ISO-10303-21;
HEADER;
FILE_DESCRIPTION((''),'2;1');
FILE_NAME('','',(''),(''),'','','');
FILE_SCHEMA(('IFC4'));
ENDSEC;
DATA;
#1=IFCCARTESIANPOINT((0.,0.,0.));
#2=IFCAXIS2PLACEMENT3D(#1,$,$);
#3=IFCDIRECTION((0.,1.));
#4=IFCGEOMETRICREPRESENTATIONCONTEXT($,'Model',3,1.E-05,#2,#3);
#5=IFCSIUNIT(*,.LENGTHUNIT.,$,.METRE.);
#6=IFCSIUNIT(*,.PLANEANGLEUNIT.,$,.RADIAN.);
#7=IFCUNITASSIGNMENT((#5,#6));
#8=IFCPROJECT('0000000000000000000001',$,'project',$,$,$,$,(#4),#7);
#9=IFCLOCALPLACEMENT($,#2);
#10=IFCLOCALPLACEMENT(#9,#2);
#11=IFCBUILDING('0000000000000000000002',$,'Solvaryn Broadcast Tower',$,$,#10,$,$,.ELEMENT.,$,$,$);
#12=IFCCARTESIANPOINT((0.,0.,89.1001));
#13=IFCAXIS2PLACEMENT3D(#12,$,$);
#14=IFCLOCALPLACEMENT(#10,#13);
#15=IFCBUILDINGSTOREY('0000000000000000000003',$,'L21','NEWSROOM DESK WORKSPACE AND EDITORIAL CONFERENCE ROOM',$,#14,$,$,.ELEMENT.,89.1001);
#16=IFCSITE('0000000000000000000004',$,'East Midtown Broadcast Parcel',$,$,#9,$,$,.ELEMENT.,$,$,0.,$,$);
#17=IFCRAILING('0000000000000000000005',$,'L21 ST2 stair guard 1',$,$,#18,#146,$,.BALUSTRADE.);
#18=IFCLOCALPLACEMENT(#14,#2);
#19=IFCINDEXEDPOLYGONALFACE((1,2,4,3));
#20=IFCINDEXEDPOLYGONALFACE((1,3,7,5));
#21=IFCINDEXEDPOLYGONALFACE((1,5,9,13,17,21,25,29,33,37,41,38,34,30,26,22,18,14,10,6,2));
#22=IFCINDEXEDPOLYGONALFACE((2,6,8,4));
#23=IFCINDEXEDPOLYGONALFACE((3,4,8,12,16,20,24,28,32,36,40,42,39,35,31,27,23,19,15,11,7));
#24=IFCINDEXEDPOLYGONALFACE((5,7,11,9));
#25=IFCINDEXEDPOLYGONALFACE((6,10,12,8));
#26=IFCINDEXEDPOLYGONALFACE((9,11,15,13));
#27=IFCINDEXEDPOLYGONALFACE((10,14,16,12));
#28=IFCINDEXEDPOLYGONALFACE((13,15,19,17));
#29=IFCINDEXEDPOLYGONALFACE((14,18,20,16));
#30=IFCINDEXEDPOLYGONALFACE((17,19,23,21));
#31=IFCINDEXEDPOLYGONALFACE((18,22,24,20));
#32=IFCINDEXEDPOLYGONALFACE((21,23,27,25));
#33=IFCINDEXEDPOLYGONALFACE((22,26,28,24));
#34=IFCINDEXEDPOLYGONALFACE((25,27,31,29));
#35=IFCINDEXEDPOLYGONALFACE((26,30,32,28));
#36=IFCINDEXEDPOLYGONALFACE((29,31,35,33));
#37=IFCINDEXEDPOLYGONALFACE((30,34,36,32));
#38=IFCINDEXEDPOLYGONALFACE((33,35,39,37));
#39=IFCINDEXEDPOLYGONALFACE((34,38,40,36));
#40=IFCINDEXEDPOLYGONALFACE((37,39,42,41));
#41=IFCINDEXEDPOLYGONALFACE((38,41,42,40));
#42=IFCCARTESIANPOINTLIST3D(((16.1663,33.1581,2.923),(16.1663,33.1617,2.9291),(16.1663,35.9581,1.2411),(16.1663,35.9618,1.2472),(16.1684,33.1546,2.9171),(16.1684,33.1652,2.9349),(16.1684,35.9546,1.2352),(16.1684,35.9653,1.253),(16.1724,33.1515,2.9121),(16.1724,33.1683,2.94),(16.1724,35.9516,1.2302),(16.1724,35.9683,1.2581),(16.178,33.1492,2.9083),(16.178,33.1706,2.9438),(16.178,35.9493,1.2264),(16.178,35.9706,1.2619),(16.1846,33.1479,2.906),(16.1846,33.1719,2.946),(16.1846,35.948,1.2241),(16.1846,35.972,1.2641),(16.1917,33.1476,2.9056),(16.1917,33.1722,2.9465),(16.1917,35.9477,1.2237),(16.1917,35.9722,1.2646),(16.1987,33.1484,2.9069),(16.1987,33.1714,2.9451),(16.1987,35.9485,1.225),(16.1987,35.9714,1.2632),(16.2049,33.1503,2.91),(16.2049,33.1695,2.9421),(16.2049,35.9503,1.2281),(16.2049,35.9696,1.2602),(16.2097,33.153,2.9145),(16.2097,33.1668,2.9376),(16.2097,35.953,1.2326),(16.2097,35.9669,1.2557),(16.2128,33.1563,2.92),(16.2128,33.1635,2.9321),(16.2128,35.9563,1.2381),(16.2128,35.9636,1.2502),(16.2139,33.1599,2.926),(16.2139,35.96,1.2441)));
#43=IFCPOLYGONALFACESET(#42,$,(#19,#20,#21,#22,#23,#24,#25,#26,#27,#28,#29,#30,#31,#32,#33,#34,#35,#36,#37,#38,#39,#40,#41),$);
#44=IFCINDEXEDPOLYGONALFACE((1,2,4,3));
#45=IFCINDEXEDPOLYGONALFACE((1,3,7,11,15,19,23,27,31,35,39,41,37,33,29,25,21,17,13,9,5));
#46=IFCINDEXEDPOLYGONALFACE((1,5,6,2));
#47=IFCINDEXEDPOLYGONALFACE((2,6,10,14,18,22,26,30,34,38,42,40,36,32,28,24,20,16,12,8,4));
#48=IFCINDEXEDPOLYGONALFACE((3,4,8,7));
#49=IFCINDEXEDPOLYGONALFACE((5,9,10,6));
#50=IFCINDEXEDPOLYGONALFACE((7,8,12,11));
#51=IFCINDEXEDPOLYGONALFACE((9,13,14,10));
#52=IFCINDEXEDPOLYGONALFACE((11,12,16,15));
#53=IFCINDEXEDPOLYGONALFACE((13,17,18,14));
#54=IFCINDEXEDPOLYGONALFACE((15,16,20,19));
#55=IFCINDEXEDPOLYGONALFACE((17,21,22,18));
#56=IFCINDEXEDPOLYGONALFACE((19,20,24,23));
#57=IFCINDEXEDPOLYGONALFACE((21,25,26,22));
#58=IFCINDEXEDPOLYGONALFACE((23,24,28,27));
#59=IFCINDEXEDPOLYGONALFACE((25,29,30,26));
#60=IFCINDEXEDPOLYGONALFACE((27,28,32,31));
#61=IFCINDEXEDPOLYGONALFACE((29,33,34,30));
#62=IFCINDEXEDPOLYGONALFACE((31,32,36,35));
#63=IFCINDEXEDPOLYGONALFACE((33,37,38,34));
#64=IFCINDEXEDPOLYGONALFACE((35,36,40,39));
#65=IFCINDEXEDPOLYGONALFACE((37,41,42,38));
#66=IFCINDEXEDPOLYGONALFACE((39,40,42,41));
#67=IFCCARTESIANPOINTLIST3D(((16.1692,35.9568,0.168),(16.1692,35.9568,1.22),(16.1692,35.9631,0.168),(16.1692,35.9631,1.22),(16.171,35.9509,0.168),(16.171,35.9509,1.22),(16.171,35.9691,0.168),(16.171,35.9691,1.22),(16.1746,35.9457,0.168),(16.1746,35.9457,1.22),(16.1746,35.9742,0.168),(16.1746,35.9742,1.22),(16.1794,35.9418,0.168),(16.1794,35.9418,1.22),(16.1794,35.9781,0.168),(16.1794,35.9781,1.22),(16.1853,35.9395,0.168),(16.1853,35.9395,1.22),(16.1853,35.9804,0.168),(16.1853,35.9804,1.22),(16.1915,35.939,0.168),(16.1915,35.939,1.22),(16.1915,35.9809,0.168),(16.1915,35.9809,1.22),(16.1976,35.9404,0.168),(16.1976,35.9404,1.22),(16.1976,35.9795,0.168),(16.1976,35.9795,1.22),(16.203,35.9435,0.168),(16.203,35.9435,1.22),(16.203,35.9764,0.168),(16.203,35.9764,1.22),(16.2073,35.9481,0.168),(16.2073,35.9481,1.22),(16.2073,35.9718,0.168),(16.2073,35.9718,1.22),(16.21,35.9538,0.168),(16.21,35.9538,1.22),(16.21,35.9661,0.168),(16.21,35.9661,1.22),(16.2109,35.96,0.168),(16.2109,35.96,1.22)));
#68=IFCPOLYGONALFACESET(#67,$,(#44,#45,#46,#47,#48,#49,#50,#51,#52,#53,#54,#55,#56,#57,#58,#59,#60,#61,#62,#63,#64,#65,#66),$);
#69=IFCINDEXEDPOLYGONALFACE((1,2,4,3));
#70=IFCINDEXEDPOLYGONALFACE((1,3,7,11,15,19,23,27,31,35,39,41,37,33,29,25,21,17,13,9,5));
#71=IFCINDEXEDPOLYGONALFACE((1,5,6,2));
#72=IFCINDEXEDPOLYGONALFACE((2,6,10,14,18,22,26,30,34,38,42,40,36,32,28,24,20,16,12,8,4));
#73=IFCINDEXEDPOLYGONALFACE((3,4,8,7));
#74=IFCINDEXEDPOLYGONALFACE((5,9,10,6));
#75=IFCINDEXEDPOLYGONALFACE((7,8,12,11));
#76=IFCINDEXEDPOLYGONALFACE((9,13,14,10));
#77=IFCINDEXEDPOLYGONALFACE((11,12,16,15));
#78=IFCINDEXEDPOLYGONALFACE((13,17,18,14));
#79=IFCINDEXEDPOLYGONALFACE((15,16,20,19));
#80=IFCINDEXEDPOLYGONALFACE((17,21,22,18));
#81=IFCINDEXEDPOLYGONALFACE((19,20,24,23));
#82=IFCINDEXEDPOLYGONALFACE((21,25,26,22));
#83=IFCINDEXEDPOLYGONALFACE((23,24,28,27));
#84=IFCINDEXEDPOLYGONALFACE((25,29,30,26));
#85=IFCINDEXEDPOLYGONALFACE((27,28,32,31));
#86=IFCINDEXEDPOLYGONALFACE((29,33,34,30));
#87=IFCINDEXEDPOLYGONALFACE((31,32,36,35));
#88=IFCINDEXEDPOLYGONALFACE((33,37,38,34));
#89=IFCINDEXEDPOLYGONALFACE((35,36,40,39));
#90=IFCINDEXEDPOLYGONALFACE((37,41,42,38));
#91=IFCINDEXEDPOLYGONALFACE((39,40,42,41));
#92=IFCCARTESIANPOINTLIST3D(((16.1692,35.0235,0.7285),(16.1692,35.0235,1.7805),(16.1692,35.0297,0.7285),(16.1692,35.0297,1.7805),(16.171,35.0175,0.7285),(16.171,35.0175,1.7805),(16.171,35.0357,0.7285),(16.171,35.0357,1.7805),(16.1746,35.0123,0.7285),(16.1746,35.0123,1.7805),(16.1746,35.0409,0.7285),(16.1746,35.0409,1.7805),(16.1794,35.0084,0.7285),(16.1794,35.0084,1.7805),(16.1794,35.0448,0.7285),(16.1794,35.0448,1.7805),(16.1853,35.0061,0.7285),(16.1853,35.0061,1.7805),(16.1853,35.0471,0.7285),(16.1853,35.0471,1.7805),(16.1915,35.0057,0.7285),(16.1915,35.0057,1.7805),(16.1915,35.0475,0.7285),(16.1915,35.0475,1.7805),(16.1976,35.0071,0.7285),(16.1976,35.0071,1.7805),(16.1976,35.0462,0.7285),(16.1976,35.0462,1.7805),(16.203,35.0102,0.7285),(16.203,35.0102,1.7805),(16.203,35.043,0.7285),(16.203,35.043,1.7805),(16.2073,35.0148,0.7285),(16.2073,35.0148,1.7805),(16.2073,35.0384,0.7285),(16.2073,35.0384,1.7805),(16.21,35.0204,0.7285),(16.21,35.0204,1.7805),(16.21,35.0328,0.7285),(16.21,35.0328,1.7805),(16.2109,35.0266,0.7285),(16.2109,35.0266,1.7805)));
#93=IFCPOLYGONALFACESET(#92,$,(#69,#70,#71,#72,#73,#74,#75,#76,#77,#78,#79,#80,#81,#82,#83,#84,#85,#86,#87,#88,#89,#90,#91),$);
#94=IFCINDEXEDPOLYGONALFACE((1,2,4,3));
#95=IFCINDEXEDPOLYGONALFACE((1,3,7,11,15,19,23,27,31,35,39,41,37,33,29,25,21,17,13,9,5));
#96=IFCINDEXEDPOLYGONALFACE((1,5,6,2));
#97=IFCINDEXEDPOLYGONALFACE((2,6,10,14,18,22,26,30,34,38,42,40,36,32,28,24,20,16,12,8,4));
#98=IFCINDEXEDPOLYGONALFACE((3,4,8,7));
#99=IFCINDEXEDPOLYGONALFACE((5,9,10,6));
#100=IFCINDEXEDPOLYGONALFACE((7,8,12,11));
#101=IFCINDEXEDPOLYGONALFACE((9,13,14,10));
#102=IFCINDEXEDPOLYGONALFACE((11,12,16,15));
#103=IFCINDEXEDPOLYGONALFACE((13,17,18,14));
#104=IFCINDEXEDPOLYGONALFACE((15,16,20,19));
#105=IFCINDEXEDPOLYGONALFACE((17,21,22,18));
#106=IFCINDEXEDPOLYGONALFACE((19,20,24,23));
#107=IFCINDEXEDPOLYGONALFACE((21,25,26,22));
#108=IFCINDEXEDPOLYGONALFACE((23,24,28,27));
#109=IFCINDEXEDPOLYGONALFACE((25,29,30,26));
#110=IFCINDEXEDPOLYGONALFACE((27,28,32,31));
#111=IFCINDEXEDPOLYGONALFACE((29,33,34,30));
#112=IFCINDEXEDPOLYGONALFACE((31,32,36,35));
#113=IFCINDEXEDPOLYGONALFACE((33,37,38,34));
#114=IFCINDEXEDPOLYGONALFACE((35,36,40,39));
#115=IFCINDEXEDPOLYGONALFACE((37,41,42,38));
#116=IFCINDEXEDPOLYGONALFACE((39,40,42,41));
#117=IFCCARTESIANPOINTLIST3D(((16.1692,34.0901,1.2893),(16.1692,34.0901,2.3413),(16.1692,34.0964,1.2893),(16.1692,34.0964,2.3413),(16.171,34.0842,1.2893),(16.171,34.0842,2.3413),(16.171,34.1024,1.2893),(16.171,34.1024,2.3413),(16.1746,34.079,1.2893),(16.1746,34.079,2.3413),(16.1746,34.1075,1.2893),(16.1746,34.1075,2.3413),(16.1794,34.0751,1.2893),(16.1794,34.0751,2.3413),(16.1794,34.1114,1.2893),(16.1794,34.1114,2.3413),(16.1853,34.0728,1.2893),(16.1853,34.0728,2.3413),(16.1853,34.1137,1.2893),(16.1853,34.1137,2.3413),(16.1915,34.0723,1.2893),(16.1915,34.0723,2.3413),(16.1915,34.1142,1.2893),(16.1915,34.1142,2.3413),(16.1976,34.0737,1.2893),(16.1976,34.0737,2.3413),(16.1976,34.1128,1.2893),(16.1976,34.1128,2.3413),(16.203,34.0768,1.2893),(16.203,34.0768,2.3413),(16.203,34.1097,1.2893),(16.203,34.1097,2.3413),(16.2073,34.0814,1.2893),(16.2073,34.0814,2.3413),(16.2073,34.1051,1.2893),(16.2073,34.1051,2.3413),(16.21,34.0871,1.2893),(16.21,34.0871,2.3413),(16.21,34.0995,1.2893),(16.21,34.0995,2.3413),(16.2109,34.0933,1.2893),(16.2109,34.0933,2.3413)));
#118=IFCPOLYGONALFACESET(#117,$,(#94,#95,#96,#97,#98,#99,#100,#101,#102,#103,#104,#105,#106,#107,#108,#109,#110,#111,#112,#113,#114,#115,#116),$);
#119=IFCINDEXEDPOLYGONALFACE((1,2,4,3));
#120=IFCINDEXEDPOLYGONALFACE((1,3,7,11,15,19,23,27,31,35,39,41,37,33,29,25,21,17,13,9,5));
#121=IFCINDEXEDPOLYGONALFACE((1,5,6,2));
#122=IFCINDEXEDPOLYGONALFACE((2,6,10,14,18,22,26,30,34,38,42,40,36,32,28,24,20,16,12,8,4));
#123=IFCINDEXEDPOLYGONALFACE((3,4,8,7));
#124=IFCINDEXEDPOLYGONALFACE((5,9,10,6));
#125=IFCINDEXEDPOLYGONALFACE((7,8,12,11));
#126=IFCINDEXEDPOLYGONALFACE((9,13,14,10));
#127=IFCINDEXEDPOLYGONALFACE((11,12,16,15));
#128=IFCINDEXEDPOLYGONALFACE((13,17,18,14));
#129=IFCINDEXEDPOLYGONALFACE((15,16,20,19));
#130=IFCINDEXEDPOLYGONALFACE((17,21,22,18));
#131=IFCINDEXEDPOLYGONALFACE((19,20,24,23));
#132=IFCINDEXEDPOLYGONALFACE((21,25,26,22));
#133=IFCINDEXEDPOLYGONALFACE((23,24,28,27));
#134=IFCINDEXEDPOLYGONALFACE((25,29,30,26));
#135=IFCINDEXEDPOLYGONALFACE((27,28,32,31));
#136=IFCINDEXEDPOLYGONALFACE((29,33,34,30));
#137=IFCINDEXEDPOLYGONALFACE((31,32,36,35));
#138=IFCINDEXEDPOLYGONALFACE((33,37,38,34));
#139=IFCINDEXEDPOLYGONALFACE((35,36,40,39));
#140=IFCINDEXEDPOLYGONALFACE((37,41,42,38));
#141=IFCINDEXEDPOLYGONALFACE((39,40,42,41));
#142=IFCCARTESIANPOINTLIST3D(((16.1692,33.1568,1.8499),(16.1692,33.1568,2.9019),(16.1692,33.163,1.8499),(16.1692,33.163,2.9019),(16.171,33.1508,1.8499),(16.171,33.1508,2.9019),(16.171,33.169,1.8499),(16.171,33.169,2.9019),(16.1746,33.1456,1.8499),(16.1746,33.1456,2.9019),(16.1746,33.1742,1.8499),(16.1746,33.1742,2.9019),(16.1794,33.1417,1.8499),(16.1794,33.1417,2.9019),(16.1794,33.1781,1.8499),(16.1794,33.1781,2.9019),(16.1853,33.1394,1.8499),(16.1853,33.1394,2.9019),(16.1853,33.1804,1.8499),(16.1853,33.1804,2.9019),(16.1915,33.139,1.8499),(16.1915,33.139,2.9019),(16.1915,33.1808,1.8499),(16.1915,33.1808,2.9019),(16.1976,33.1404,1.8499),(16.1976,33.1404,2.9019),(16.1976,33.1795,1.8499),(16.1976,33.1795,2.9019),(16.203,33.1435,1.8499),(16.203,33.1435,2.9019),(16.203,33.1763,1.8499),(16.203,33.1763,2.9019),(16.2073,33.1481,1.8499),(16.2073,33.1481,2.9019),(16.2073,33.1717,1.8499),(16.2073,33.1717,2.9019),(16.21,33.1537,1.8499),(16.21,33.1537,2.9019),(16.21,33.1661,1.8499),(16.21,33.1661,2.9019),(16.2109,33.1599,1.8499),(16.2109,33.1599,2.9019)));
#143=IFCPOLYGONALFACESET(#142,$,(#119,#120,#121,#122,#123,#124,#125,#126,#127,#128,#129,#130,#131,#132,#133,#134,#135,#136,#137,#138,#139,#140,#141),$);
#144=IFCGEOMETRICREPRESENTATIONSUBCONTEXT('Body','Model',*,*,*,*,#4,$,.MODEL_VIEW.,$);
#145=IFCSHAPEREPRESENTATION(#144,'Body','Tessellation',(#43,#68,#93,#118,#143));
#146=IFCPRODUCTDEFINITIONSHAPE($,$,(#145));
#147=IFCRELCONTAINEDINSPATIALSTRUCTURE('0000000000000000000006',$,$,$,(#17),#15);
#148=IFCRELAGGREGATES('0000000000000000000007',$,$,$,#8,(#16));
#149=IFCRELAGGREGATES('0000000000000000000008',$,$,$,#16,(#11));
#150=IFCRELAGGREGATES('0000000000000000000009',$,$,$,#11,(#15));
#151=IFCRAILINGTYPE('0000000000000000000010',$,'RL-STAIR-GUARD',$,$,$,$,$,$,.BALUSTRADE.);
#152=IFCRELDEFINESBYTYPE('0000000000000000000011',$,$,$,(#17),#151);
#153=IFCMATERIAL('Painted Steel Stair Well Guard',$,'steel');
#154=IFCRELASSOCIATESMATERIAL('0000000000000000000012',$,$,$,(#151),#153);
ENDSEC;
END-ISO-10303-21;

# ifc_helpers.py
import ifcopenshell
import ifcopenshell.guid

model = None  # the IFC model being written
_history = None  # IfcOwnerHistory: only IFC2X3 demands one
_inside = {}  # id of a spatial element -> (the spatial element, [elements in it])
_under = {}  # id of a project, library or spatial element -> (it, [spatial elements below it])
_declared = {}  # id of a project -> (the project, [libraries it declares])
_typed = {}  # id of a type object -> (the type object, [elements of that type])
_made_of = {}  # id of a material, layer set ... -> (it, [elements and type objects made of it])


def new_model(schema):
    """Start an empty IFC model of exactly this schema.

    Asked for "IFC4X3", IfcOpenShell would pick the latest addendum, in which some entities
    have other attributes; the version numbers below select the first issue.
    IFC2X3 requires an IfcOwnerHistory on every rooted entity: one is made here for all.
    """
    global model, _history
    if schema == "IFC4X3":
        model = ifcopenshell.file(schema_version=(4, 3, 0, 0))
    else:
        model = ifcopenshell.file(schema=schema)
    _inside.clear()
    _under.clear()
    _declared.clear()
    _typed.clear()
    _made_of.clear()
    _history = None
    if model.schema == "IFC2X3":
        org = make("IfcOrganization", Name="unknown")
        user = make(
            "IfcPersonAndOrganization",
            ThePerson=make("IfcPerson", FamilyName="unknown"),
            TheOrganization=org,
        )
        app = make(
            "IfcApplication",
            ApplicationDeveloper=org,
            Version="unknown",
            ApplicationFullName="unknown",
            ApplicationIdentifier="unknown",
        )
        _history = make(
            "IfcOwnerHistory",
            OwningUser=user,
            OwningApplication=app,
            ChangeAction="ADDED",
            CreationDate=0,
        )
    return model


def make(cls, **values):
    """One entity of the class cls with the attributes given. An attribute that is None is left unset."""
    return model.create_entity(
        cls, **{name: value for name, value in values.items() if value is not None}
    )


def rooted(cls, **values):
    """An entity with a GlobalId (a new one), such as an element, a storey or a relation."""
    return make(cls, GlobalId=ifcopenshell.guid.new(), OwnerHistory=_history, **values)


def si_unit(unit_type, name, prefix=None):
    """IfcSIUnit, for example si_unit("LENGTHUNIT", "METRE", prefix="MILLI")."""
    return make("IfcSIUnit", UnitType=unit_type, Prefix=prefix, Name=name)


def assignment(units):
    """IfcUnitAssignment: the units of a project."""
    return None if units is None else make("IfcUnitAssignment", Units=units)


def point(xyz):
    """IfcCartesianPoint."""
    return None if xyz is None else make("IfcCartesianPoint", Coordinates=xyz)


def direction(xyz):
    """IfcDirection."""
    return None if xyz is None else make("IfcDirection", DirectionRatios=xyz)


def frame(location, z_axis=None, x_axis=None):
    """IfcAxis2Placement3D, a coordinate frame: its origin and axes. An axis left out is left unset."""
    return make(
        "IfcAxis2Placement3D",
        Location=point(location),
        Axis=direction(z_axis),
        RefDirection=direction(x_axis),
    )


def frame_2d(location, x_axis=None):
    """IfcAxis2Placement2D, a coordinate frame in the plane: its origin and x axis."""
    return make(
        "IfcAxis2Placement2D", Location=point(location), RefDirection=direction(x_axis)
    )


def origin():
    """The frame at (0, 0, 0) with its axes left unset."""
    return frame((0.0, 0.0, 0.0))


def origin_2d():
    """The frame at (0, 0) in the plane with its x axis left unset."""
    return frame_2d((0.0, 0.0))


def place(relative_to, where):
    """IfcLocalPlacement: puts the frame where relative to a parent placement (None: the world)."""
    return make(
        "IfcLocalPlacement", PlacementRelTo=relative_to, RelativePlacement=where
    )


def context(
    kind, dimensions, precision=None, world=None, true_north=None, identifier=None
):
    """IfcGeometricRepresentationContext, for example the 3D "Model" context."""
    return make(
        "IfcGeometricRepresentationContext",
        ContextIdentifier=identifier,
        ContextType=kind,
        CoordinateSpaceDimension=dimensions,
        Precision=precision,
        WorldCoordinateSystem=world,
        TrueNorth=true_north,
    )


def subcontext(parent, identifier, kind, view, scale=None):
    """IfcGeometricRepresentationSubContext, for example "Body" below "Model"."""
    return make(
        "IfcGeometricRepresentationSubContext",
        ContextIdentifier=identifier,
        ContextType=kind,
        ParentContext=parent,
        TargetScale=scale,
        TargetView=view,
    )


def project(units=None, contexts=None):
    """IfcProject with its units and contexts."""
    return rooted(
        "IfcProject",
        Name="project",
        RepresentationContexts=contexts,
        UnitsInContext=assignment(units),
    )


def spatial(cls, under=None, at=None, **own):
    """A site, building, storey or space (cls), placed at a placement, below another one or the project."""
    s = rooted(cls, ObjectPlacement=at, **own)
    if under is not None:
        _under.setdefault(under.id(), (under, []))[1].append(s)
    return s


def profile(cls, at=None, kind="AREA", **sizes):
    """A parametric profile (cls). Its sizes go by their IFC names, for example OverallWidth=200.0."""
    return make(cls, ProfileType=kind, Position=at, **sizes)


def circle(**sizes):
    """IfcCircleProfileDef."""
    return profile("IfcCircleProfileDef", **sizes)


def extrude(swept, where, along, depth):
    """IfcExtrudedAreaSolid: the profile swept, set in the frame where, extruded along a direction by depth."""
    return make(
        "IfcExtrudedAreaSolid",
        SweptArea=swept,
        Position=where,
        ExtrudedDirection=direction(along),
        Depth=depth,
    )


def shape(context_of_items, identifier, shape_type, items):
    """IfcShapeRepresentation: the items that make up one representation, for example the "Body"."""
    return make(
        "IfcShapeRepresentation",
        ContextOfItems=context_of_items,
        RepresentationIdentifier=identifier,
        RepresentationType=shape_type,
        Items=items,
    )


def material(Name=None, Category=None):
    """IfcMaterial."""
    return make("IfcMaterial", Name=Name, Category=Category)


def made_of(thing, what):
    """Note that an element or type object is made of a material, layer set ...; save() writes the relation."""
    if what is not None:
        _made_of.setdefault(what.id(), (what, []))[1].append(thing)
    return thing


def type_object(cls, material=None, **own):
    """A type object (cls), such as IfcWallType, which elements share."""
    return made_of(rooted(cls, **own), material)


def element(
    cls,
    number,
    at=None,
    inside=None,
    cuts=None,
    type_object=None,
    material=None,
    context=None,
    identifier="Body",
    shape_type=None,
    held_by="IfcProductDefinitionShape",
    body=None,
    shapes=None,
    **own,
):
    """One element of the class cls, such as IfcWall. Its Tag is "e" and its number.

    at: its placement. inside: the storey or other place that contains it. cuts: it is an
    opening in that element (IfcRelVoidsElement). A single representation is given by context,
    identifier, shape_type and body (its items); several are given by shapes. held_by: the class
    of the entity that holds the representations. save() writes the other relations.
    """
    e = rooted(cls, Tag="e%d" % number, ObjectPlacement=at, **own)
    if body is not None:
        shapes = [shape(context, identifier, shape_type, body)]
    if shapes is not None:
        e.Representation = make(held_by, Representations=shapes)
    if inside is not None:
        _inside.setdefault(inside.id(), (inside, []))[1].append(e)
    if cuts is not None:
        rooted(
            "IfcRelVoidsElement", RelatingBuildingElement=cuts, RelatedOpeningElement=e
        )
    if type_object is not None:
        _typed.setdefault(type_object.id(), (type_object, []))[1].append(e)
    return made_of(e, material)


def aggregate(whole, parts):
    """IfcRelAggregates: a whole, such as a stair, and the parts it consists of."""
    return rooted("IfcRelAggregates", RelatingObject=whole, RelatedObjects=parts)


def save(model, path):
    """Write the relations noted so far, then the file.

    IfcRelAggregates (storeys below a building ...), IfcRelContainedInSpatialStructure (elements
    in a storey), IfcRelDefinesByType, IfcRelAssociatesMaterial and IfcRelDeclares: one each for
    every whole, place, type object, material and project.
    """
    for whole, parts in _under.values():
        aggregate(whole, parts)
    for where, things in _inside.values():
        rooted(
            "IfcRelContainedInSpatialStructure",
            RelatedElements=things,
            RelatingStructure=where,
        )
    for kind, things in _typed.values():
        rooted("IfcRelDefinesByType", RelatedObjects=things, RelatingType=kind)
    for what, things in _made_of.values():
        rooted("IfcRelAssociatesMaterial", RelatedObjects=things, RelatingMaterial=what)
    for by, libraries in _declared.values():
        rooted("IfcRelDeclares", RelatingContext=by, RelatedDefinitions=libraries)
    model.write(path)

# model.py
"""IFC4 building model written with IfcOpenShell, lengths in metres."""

from ifc_helpers import new_model, si_unit, direction, frame, origin, origin_2d, place, context, subcontext, project, spatial, circle, extrude, material, type_object, element, save


model = new_model("IFC4")

# Units and contexts
model_context = context("Model", 3, precision=1e-05, world=origin(), true_north=direction((0.0, 1.0)))
body_context = subcontext(model_context, "Body", "Model", "MODEL_VIEW")
ifc_project = project(units=[si_unit("LENGTHUNIT", "METRE"), si_unit("PLANEANGLEUNIT", "RADIAN")], contexts=[model_context])

# Site, building, storey
site_placement = place(None, origin())
site = spatial("IfcSite", under=ifc_project, at=site_placement, Name="East Midtown Broadcast Parcel", CompositionType="ELEMENT", RefElevation=0.0)
building_placement = place(site_placement, origin())
building = spatial("IfcBuilding", under=site, at=building_placement, Name="Solvaryn Broadcast Tower", CompositionType="ELEMENT")
storey_placement = place(building_placement, frame((0.0, 0.0, 89.1001)))
storey = spatial("IfcBuildingStorey", under=building, at=storey_placement, Name="L21", Description="NEWSROOM DESK WORKSPACE AND EDITORIAL CONFERENCE ROOM", CompositionType="ELEMENT", Elevation=89.1001)

# Railing
ifc_material_1 = material(Name="Painted Steel Stair Well Guard", Category="steel")
railing_type_1 = type_object("IfcRailingType", Name="RL-STAIR-GUARD", PredefinedType="BALUSTRADE", material=ifc_material_1)
railing_1_placement = place(storey_placement, frame((16.1899, 35.96, 0.168)))
element("IfcRailing", 1, at=railing_1_placement, inside=storey, type_object=railing_type_1, Name="L21 ST2 stair guard 1", PredefinedType="BALUSTRADE", context=body_context, shape_type="SweptSolid", body=[
    extrude(circle(Radius=0.0239, at=origin_2d()), frame((0.0, 0.0, 1.0762), z_axis=(0.0, -0.857242, 0.514913), x_axis=(1.0, 0.0, 0.0)), (0.0, 0.0, 1.0), 3.2664),
    extrude(circle(Radius=0.021, at=origin_2d()), origin(), (0.0, 0.0, 1.0), 1.052),
    extrude(circle(Radius=0.021, at=origin_2d()), frame((0.0, -0.9333, 0.5605)), (0.0, 0.0, 1.0), 1.052),
    extrude(circle(Radius=0.021, at=origin_2d()), frame((0.0, -1.8667, 1.1213)), (0.0, 0.0, 1.0), 1.052),
    extrude(circle(Radius=0.021, at=origin_2d()), frame((0.0, -2.8, 1.6819)), (0.0, 0.0, 1.0), 1.052),
])

save(model, "model.ifc")
